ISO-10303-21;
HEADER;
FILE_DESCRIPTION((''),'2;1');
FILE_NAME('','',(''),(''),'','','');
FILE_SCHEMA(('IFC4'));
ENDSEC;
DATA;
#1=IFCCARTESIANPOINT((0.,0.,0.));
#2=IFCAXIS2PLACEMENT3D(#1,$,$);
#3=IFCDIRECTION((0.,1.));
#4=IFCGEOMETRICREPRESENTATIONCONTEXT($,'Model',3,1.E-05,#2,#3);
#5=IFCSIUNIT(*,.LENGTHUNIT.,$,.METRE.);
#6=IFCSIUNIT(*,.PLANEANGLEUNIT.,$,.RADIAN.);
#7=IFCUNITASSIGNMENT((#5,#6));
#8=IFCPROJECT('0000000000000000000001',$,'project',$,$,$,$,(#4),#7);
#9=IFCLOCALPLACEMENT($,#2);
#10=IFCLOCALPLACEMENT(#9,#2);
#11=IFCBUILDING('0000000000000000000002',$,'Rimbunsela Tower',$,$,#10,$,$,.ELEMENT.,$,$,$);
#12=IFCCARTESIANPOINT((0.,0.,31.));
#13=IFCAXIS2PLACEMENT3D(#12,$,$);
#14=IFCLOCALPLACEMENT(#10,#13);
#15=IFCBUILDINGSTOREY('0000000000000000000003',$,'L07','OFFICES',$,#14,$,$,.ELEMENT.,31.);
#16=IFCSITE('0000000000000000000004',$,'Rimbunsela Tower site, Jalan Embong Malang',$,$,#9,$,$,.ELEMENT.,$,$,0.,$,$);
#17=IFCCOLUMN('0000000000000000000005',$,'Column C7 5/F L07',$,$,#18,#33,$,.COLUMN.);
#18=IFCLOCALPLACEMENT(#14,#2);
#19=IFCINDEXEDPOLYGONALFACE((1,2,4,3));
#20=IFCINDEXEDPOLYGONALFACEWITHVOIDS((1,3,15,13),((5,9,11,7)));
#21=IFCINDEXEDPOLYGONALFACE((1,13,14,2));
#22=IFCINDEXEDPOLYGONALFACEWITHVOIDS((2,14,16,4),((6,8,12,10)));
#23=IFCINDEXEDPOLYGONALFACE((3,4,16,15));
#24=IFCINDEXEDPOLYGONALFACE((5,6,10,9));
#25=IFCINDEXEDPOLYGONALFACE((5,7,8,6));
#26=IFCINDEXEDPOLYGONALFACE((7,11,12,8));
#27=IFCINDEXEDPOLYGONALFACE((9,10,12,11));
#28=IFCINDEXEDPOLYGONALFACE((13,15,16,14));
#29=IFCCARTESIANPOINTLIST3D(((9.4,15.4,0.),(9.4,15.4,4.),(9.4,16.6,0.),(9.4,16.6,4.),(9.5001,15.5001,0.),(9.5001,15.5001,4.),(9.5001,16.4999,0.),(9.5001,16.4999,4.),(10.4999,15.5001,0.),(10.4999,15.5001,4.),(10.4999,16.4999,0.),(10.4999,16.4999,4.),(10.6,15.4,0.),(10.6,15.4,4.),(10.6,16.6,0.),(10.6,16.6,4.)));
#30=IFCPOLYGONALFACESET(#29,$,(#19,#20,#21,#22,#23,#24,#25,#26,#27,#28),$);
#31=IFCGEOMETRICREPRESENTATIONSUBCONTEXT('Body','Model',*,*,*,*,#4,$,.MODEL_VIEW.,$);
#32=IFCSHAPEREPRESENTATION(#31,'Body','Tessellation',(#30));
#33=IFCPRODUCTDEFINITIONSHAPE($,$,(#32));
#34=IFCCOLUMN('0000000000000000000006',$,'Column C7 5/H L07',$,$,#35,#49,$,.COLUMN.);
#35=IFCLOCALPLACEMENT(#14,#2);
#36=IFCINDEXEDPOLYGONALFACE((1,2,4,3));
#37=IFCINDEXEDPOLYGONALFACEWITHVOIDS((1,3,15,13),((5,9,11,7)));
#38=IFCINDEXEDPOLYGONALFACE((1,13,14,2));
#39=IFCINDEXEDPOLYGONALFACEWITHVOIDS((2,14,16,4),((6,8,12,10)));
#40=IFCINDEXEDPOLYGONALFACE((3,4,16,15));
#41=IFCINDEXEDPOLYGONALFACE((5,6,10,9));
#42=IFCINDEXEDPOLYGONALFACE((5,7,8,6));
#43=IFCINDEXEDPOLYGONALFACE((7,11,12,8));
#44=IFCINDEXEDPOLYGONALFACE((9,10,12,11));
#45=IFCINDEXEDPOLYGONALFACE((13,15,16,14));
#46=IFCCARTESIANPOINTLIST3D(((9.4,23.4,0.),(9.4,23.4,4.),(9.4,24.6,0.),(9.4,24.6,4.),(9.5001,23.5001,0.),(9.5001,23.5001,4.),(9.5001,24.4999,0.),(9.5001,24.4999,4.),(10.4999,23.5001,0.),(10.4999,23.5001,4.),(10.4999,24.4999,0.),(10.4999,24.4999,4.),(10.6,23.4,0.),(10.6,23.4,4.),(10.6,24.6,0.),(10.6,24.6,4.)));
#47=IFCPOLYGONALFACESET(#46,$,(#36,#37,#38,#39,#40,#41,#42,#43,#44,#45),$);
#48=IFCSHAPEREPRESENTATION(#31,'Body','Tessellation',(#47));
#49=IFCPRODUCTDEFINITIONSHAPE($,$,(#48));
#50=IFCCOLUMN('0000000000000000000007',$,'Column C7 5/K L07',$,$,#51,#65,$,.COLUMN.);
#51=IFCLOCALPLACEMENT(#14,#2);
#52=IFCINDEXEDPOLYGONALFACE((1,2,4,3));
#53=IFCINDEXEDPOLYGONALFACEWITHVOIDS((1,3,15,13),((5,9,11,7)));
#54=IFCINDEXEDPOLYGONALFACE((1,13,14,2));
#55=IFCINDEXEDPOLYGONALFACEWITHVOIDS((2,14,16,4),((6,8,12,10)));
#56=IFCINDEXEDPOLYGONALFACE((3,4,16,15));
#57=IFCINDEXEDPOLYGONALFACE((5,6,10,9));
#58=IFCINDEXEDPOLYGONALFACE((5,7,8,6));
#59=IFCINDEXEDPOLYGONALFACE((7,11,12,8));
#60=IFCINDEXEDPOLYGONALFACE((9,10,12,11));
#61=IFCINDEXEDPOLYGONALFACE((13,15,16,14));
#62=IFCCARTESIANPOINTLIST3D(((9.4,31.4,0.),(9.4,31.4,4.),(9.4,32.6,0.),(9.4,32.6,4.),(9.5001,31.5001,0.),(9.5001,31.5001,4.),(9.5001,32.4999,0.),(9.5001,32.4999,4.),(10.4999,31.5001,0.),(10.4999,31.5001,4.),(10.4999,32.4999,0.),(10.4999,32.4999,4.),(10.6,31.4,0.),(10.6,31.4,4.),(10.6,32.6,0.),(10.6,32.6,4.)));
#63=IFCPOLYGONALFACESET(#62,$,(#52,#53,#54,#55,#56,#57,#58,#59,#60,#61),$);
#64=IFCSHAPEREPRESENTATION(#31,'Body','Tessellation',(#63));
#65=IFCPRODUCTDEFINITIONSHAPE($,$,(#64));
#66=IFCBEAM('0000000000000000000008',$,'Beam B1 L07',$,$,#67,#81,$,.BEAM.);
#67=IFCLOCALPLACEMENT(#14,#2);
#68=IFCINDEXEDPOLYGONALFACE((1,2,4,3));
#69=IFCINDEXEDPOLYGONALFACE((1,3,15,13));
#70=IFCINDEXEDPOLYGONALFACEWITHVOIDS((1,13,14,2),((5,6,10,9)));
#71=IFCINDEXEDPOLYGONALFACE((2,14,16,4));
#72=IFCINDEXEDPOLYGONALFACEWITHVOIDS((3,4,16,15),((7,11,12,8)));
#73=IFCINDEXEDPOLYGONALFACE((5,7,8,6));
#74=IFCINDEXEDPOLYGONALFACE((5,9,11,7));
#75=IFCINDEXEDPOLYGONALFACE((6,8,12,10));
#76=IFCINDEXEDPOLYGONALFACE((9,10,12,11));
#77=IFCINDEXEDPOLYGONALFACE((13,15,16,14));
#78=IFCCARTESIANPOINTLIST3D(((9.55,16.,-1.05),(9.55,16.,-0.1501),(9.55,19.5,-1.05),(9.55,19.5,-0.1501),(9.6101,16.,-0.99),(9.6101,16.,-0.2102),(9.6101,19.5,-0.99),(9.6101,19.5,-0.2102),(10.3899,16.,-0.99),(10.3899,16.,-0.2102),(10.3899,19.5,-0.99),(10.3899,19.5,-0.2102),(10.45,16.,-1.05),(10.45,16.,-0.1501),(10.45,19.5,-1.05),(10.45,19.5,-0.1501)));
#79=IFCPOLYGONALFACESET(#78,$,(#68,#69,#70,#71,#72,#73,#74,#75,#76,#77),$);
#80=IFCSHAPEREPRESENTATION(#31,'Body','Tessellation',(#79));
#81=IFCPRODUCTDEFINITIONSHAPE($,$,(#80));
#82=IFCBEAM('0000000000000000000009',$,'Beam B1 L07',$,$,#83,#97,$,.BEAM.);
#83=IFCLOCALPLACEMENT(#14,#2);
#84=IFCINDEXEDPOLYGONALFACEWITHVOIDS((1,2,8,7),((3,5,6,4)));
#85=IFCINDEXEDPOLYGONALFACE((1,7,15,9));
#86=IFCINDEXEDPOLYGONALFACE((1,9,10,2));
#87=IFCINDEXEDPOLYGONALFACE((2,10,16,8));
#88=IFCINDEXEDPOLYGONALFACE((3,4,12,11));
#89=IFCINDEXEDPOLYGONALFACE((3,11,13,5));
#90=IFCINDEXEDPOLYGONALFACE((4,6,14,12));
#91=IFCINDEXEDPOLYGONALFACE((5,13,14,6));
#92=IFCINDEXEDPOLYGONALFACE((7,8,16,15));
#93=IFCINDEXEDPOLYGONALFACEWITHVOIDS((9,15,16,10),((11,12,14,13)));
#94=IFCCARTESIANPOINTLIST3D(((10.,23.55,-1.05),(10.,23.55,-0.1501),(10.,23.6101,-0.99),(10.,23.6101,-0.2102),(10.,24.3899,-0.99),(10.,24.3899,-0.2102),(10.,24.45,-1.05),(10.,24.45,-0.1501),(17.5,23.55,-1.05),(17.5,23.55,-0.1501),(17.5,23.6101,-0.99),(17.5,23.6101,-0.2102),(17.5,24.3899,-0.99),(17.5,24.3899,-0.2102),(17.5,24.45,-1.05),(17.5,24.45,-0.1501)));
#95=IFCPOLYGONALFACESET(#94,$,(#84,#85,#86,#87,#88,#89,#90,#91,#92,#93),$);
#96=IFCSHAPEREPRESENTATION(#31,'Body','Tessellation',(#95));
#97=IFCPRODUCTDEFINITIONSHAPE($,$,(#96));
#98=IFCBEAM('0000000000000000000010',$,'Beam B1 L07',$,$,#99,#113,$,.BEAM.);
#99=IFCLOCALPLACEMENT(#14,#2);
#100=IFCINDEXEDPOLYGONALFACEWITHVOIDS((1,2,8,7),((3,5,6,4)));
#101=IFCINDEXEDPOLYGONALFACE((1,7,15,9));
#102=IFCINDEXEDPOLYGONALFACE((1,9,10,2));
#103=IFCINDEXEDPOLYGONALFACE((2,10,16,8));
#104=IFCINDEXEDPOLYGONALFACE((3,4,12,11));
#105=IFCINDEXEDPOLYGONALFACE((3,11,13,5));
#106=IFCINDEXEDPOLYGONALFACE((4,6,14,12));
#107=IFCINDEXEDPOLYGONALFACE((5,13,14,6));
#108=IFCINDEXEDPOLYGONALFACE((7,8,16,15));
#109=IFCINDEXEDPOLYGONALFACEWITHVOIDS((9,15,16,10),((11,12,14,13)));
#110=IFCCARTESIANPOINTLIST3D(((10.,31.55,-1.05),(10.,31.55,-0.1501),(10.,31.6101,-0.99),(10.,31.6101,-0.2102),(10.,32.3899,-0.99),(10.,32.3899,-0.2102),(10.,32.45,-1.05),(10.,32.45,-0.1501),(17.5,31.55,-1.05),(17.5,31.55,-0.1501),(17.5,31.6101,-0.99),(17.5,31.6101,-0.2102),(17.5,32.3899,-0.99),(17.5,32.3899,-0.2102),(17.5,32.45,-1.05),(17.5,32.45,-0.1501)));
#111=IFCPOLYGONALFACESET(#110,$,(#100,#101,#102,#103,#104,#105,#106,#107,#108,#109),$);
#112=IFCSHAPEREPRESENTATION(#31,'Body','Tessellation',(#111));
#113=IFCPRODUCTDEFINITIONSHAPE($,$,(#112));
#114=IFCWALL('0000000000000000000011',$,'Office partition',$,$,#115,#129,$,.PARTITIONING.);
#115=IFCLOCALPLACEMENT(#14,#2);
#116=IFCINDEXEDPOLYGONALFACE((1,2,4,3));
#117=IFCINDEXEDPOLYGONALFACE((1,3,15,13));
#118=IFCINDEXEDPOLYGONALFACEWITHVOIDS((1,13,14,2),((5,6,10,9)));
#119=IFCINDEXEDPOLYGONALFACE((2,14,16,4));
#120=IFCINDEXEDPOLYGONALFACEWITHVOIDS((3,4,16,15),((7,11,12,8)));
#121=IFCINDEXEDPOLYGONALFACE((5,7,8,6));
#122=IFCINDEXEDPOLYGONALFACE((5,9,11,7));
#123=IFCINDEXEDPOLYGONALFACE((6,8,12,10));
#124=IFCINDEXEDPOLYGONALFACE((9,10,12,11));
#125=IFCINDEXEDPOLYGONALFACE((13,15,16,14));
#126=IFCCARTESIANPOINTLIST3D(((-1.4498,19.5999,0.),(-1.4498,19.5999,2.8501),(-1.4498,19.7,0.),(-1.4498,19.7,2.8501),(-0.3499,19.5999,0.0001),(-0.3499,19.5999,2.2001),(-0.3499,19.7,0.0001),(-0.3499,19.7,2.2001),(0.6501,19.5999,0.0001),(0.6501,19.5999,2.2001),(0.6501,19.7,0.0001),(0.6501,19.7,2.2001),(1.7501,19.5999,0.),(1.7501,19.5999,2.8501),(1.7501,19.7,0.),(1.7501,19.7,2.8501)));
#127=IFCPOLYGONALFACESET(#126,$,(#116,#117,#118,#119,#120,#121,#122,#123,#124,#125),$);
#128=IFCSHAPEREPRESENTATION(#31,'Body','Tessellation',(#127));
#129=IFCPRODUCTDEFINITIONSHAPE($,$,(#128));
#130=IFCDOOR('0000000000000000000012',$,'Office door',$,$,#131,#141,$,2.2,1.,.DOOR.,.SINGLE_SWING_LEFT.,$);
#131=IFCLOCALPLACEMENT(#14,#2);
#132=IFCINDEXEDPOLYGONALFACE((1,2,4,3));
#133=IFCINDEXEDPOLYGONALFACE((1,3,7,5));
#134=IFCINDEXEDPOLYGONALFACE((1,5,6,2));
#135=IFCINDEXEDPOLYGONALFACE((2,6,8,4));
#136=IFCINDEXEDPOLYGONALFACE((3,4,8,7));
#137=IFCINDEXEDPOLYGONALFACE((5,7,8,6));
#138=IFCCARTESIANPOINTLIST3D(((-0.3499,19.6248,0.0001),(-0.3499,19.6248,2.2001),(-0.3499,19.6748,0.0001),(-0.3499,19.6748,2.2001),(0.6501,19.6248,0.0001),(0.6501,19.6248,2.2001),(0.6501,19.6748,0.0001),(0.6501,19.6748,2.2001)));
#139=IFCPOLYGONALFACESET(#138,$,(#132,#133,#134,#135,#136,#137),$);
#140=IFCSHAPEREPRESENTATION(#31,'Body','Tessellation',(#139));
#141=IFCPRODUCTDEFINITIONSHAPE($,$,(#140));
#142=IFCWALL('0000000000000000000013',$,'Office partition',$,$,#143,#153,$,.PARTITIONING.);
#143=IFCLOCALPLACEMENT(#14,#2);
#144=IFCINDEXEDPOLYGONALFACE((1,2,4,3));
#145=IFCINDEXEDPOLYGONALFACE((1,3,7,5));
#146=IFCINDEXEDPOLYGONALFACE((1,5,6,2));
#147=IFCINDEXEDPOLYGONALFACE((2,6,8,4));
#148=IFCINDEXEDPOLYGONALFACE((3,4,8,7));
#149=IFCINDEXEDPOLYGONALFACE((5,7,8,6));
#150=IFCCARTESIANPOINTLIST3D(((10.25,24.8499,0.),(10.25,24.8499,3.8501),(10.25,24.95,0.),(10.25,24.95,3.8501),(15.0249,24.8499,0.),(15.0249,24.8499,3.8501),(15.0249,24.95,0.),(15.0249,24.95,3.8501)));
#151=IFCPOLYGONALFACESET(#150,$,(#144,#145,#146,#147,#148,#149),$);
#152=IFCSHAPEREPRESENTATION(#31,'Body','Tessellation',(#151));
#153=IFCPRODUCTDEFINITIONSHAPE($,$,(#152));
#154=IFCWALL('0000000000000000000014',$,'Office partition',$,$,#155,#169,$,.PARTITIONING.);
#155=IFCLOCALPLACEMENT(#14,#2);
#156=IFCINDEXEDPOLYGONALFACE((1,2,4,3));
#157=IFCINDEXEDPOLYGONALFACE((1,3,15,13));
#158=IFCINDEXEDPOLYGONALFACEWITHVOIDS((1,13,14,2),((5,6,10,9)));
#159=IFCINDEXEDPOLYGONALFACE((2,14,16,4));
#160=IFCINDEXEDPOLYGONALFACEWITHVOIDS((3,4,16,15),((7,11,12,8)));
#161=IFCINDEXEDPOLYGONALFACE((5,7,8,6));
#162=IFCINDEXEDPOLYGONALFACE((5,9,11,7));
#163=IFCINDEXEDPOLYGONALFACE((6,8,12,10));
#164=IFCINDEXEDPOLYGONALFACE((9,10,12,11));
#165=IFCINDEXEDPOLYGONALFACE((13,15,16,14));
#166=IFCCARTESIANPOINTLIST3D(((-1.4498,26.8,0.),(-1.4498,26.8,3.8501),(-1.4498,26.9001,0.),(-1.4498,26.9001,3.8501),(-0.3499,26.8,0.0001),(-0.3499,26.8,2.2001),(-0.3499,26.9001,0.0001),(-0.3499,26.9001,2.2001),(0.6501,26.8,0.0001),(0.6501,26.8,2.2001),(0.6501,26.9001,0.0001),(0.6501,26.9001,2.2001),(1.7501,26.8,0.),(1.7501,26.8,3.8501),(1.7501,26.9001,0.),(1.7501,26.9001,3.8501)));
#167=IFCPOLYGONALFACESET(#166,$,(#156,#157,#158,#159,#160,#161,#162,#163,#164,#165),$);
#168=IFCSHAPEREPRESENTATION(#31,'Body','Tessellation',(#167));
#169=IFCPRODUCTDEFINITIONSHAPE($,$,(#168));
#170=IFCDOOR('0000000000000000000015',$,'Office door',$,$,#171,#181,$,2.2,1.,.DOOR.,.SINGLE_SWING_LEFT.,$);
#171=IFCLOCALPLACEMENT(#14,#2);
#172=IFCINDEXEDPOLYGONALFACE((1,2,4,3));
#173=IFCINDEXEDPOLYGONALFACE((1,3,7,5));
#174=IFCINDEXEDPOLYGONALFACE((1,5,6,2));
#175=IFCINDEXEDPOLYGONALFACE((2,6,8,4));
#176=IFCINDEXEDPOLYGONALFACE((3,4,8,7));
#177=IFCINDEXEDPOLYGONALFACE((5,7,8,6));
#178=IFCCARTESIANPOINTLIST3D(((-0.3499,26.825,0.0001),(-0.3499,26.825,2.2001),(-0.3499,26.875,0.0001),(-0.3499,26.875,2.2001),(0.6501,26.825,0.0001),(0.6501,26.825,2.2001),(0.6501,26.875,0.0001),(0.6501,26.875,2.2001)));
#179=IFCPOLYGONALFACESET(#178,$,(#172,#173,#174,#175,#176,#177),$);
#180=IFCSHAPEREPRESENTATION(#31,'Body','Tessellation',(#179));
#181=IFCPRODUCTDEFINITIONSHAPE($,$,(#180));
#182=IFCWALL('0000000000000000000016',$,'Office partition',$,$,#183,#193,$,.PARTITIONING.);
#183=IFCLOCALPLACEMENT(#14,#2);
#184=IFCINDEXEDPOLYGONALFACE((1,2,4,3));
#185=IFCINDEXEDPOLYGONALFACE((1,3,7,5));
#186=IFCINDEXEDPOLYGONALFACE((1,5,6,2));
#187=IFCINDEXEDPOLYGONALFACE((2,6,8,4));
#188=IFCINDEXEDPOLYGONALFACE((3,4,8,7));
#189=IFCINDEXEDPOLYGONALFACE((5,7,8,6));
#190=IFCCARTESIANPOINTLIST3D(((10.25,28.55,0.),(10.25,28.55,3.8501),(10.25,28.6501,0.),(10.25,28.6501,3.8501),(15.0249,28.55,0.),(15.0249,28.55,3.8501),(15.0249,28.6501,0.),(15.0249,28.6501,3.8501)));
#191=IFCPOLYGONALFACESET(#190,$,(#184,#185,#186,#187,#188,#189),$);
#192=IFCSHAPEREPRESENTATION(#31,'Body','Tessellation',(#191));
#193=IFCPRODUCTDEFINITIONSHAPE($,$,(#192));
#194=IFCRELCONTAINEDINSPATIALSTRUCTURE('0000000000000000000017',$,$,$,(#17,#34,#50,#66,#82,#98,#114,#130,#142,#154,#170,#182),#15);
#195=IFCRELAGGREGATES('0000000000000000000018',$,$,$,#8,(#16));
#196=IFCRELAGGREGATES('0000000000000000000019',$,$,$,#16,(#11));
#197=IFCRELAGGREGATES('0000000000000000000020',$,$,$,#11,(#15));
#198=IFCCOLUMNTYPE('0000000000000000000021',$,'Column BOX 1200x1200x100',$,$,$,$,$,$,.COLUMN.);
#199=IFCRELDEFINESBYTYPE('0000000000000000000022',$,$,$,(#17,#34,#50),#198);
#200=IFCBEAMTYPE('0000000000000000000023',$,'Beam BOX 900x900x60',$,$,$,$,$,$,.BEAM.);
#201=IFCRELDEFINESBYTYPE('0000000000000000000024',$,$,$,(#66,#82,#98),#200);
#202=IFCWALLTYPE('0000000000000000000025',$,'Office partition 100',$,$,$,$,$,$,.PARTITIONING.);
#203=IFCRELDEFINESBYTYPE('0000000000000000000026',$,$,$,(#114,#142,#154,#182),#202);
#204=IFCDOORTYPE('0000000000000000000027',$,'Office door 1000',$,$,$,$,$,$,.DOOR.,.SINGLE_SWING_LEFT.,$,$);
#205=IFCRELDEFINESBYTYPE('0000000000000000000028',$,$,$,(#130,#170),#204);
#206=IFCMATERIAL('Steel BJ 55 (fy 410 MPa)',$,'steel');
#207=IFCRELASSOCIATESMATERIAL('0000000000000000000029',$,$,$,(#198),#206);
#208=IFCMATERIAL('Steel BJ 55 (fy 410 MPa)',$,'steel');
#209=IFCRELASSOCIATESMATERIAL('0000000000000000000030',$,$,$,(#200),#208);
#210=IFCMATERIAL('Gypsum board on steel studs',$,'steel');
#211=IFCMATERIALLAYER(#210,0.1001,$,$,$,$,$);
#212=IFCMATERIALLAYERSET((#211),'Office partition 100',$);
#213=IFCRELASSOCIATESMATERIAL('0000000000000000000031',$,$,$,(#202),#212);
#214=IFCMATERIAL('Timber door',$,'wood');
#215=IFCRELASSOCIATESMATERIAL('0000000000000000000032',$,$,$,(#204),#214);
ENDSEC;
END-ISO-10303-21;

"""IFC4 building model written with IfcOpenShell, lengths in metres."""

from ifc_helpers import new_model, si_unit, direction, frame, frame_2d, origin, origin_2d, place, context, subcontext, project, spatial, rectangle, hollow_rectangle, extrude, material, layer, layer_set, material_profile, profile_set, type_object, element, fill, save


model = new_model("IFC4")

# Units and contexts
model_context = context("Model", 3, precision=1e-05, world=origin(), true_north=direction((0.0, 1.0)))
body_context = subcontext(model_context, "Body", "Model", "MODEL_VIEW")
ifc_project = project(units=[si_unit("LENGTHUNIT", "METRE"), si_unit("PLANEANGLEUNIT", "RADIAN")], contexts=[model_context])

# Site, building, storey
site_placement = place(None, origin())
site = spatial("IfcSite", under=ifc_project, at=site_placement, Name="Rimbunsela Tower site, Jalan Embong Malang", CompositionType="ELEMENT", RefElevation=0.0)
building_placement = place(site_placement, origin())
building = spatial("IfcBuilding", under=site, at=building_placement, Name="Rimbunsela Tower", CompositionType="ELEMENT")
storey_placement = place(building_placement, frame((0.0, 0.0, 31.0)))
storey = spatial("IfcBuildingStorey", under=building, at=storey_placement, Name="L07", Description="OFFICES", CompositionType="ELEMENT", Elevation=31.0)

# Columns
ifc_material_1 = material(Name="Steel BJ 55 (fy 410 MPa)", Category="steel")
ifc_material_profile_1 = material_profile(ifc_material_1, hollow_rectangle(XDim=1.2, YDim=1.2, WallThickness=0.1001, at=origin_2d()), Name="BOX 1200x1200x100")
ifc_profile_set_1 = profile_set([ifc_material_profile_1], Name="Steel BJ 55 (fy 410 MPa)")
column_type = type_object("IfcColumnType", Name="Column BOX 1200x1200x100", PredefinedType="COLUMN", material=ifc_profile_set_1)
for number, where, z_axis, x_axis, name in (
    (1, (10.0, 16.0, 0.0), (0.0, 0.0, 1.0), (1.0, 0.0, 0.0), "Column C7 5/F L07"),
    (2, (10.0, 24.0, 0.0), (0.0, 0.0, 1.0), (1.0, 0.0, 0.0), "Column C7 5/H L07"),
    (3, (10.0, 32.0, 0.0), (0.0, 0.0, 1.0), (1.0, 0.0, 0.0), "Column C7 5/K L07"),
):
    element("IfcColumn", number, at=place(storey_placement, frame(where, z_axis=z_axis, x_axis=x_axis)), inside=storey, type_object=column_type, Name=name, PredefinedType="COLUMN", context=body_context, shape_type="SweptSolid", body=[
        extrude(hollow_rectangle(XDim=1.2, YDim=1.2, WallThickness=0.1001, at=origin_2d()), origin(), (0.0, 0.0, 1.0), 4.0),
    ])

# Beams
ifc_material_2 = material(Name="Steel BJ 55 (fy 410 MPa)", Category="steel")
ifc_material_profile_2 = material_profile(ifc_material_2, hollow_rectangle(XDim=0.8999, YDim=0.8999, WallThickness=0.0601, at=origin_2d()), Name="BOX 900x900x60")
ifc_profile_set_2 = profile_set([ifc_material_profile_2], Name="Steel BJ 55 (fy 410 MPa)")
beam_type = type_object("IfcBeamType", Name="Beam BOX 900x900x60", PredefinedType="BEAM", material=ifc_profile_set_2)
beam_placement = place(storey_placement, frame((10.0, 16.0, -0.6001), z_axis=(0.0, 1.0, 0.0), x_axis=(-1.0, 0.0, 0.0)))
element("IfcBeam", 4, at=beam_placement, inside=storey, type_object=beam_type, Name="Beam B1 L07", PredefinedType="BEAM", context=body_context, shape_type="SweptSolid", body=[
    extrude(hollow_rectangle(XDim=0.8999, YDim=0.8999, WallThickness=0.0601, at=origin_2d()), origin(), (0.0, 0.0, 1.0), 3.5),
])
for number, where, z_axis, x_axis, name in (
    (5, (10.0, 24.0, -0.6001), (1.0, 0.0, 0.0), (0.0, 1.0, 0.0), "Beam B1 L07"),
    (6, (10.0, 32.0, -0.6001), (1.0, 0.0, 0.0), (0.0, 1.0, 0.0), "Beam B1 L07"),
):
    element("IfcBeam", number, at=place(storey_placement, frame(where, z_axis=z_axis, x_axis=x_axis)), inside=storey, type_object=beam_type, Name=name, PredefinedType="BEAM", context=body_context, shape_type="SweptSolid", body=[
        extrude(hollow_rectangle(XDim=0.8999, YDim=0.8999, WallThickness=0.0601, at=origin_2d()), origin(), (0.0, 0.0, 1.0), 7.5),
    ])

# Wall, opening, door
ifc_material_3 = material(Name="Gypsum board on steel studs", Category="steel")
ifc_layer_1 = layer(ifc_material_3, 0.1001)
ifc_layer_set_1 = layer_set([ifc_layer_1], Name="Office partition 100")
wall_type_1 = type_object("IfcWallType", Name="Office partition 100", PredefinedType="PARTITIONING", material=ifc_layer_set_1)
wall_1_placement = place(storey_placement, frame((-1.45, 19.6499, 0.0), z_axis=(0.0, 0.0, 1.0), x_axis=(1.0, 0.0, 0.0)))
wall_1 = element("IfcWall", 7, at=wall_1_placement, inside=storey, type_object=wall_type_1, Name="Office partition", PredefinedType="PARTITIONING", context=body_context, shape_type="SweptSolid", body=[
    extrude(rectangle(XDim=3.2, YDim=0.1001, at=frame_2d((1.6001, 0.0))), origin(), (0.0, 0.0, 1.0), 2.8501),
])
opening_1_placement = place(wall_1_placement, frame((1.1001, 0.0, 0.0)))
opening_1 = element("IfcOpeningElement", 8, at=opening_1_placement, cuts=wall_1, PredefinedType="OPENING", context=body_context, shape_type="SweptSolid", body=[
    extrude(rectangle(XDim=1.0, YDim=2.2, at=frame_2d((0.5, 1.1001))), frame((0.0, 0.0601, 0.0), z_axis=(0.0, -1.0, 0.0), x_axis=(1.0, 0.0, 0.0)), (0.0, 0.0, 1.0), 0.1201),
])
ifc_material_4 = material(Name="Timber door", Category="wood")
door_type_1 = type_object("IfcDoorType", Name="Office door 1000", OperationType="SINGLE_SWING_LEFT", PredefinedType="DOOR", material=ifc_material_4)
door_1_placement = place(opening_1_placement, origin())
door_1 = element("IfcDoor", 9, at=door_1_placement, inside=storey, type_object=door_type_1, Name="Office door", OperationType="SINGLE_SWING_LEFT", OverallHeight=2.2, OverallWidth=1.0, PredefinedType="DOOR", context=body_context, shape_type="SweptSolid", body=[
    extrude(rectangle(XDim=1.0, YDim=2.2, at=frame_2d((0.5, 1.1001))), frame((0.0, 0.0249, 0.0), z_axis=(0.0, -1.0, 0.0), x_axis=(1.0, 0.0, 0.0)), (0.0, 0.0, 1.0), 0.05),
])
fill(opening_1, door_1)

# Wall
wall_2_placement = place(storey_placement, frame((10.25, 24.8999, 0.0), z_axis=(0.0, 0.0, 1.0), x_axis=(1.0, 0.0, 0.0)))
element("IfcWall", 10, at=wall_2_placement, inside=storey, type_object=wall_type_1, Name="Office partition", PredefinedType="PARTITIONING", context=body_context, shape_type="SweptSolid", body=[
    extrude(rectangle(XDim=4.7749, YDim=0.1001, at=frame_2d((2.3875, 0.0))), origin(), (0.0, 0.0, 1.0), 3.8501),
])

# Wall, opening, door
wall_3_placement = place(storey_placement, frame((-1.45, 26.8501, 0.0), z_axis=(0.0, 0.0, 1.0), x_axis=(1.0, 0.0, 0.0)))
wall_3 = element("IfcWall", 11, at=wall_3_placement, inside=storey, type_object=wall_type_1, Name="Office partition", PredefinedType="PARTITIONING", context=body_context, shape_type="SweptSolid", body=[
    extrude(rectangle(XDim=3.2, YDim=0.1001, at=frame_2d((1.6001, 0.0))), origin(), (0.0, 0.0, 1.0), 3.8501),
])
opening_2_placement = place(wall_3_placement, frame((1.1001, 0.0, 0.0)))
opening_2 = element("IfcOpeningElement", 12, at=opening_2_placement, cuts=wall_3, PredefinedType="OPENING", context=body_context, shape_type="SweptSolid", body=[
    extrude(rectangle(XDim=1.0, YDim=2.2, at=frame_2d((0.5, 1.1001))), frame((0.0, 0.0601, 0.0), z_axis=(0.0, -1.0, 0.0), x_axis=(1.0, 0.0, 0.0)), (0.0, 0.0, 1.0), 0.1201),
])
door_2_placement = place(opening_2_placement, origin())
door_2 = element("IfcDoor", 13, at=door_2_placement, inside=storey, type_object=door_type_1, Name="Office door", OperationType="SINGLE_SWING_LEFT", OverallHeight=2.2, OverallWidth=1.0, PredefinedType="DOOR", context=body_context, shape_type="SweptSolid", body=[
    extrude(rectangle(XDim=1.0, YDim=2.2, at=frame_2d((0.5, 1.1001))), frame((0.0, 0.0249, 0.0), z_axis=(0.0, -1.0, 0.0), x_axis=(1.0, 0.0, 0.0)), (0.0, 0.0, 1.0), 0.05),
])
fill(opening_2, door_2)

# Wall
wall_4_placement = place(storey_placement, frame((10.25, 28.6001, 0.0), z_axis=(0.0, 0.0, 1.0), x_axis=(1.0, 0.0, 0.0)))
element("IfcWall", 14, at=wall_4_placement, inside=storey, type_object=wall_type_1, Name="Office partition", PredefinedType="PARTITIONING", context=body_context, shape_type="SweptSolid", body=[
    extrude(rectangle(XDim=4.7749, YDim=0.1001, at=frame_2d((2.3875, 0.0))), origin(), (0.0, 0.0, 1.0), 3.8501),
])

save(model, "model.ifc")
